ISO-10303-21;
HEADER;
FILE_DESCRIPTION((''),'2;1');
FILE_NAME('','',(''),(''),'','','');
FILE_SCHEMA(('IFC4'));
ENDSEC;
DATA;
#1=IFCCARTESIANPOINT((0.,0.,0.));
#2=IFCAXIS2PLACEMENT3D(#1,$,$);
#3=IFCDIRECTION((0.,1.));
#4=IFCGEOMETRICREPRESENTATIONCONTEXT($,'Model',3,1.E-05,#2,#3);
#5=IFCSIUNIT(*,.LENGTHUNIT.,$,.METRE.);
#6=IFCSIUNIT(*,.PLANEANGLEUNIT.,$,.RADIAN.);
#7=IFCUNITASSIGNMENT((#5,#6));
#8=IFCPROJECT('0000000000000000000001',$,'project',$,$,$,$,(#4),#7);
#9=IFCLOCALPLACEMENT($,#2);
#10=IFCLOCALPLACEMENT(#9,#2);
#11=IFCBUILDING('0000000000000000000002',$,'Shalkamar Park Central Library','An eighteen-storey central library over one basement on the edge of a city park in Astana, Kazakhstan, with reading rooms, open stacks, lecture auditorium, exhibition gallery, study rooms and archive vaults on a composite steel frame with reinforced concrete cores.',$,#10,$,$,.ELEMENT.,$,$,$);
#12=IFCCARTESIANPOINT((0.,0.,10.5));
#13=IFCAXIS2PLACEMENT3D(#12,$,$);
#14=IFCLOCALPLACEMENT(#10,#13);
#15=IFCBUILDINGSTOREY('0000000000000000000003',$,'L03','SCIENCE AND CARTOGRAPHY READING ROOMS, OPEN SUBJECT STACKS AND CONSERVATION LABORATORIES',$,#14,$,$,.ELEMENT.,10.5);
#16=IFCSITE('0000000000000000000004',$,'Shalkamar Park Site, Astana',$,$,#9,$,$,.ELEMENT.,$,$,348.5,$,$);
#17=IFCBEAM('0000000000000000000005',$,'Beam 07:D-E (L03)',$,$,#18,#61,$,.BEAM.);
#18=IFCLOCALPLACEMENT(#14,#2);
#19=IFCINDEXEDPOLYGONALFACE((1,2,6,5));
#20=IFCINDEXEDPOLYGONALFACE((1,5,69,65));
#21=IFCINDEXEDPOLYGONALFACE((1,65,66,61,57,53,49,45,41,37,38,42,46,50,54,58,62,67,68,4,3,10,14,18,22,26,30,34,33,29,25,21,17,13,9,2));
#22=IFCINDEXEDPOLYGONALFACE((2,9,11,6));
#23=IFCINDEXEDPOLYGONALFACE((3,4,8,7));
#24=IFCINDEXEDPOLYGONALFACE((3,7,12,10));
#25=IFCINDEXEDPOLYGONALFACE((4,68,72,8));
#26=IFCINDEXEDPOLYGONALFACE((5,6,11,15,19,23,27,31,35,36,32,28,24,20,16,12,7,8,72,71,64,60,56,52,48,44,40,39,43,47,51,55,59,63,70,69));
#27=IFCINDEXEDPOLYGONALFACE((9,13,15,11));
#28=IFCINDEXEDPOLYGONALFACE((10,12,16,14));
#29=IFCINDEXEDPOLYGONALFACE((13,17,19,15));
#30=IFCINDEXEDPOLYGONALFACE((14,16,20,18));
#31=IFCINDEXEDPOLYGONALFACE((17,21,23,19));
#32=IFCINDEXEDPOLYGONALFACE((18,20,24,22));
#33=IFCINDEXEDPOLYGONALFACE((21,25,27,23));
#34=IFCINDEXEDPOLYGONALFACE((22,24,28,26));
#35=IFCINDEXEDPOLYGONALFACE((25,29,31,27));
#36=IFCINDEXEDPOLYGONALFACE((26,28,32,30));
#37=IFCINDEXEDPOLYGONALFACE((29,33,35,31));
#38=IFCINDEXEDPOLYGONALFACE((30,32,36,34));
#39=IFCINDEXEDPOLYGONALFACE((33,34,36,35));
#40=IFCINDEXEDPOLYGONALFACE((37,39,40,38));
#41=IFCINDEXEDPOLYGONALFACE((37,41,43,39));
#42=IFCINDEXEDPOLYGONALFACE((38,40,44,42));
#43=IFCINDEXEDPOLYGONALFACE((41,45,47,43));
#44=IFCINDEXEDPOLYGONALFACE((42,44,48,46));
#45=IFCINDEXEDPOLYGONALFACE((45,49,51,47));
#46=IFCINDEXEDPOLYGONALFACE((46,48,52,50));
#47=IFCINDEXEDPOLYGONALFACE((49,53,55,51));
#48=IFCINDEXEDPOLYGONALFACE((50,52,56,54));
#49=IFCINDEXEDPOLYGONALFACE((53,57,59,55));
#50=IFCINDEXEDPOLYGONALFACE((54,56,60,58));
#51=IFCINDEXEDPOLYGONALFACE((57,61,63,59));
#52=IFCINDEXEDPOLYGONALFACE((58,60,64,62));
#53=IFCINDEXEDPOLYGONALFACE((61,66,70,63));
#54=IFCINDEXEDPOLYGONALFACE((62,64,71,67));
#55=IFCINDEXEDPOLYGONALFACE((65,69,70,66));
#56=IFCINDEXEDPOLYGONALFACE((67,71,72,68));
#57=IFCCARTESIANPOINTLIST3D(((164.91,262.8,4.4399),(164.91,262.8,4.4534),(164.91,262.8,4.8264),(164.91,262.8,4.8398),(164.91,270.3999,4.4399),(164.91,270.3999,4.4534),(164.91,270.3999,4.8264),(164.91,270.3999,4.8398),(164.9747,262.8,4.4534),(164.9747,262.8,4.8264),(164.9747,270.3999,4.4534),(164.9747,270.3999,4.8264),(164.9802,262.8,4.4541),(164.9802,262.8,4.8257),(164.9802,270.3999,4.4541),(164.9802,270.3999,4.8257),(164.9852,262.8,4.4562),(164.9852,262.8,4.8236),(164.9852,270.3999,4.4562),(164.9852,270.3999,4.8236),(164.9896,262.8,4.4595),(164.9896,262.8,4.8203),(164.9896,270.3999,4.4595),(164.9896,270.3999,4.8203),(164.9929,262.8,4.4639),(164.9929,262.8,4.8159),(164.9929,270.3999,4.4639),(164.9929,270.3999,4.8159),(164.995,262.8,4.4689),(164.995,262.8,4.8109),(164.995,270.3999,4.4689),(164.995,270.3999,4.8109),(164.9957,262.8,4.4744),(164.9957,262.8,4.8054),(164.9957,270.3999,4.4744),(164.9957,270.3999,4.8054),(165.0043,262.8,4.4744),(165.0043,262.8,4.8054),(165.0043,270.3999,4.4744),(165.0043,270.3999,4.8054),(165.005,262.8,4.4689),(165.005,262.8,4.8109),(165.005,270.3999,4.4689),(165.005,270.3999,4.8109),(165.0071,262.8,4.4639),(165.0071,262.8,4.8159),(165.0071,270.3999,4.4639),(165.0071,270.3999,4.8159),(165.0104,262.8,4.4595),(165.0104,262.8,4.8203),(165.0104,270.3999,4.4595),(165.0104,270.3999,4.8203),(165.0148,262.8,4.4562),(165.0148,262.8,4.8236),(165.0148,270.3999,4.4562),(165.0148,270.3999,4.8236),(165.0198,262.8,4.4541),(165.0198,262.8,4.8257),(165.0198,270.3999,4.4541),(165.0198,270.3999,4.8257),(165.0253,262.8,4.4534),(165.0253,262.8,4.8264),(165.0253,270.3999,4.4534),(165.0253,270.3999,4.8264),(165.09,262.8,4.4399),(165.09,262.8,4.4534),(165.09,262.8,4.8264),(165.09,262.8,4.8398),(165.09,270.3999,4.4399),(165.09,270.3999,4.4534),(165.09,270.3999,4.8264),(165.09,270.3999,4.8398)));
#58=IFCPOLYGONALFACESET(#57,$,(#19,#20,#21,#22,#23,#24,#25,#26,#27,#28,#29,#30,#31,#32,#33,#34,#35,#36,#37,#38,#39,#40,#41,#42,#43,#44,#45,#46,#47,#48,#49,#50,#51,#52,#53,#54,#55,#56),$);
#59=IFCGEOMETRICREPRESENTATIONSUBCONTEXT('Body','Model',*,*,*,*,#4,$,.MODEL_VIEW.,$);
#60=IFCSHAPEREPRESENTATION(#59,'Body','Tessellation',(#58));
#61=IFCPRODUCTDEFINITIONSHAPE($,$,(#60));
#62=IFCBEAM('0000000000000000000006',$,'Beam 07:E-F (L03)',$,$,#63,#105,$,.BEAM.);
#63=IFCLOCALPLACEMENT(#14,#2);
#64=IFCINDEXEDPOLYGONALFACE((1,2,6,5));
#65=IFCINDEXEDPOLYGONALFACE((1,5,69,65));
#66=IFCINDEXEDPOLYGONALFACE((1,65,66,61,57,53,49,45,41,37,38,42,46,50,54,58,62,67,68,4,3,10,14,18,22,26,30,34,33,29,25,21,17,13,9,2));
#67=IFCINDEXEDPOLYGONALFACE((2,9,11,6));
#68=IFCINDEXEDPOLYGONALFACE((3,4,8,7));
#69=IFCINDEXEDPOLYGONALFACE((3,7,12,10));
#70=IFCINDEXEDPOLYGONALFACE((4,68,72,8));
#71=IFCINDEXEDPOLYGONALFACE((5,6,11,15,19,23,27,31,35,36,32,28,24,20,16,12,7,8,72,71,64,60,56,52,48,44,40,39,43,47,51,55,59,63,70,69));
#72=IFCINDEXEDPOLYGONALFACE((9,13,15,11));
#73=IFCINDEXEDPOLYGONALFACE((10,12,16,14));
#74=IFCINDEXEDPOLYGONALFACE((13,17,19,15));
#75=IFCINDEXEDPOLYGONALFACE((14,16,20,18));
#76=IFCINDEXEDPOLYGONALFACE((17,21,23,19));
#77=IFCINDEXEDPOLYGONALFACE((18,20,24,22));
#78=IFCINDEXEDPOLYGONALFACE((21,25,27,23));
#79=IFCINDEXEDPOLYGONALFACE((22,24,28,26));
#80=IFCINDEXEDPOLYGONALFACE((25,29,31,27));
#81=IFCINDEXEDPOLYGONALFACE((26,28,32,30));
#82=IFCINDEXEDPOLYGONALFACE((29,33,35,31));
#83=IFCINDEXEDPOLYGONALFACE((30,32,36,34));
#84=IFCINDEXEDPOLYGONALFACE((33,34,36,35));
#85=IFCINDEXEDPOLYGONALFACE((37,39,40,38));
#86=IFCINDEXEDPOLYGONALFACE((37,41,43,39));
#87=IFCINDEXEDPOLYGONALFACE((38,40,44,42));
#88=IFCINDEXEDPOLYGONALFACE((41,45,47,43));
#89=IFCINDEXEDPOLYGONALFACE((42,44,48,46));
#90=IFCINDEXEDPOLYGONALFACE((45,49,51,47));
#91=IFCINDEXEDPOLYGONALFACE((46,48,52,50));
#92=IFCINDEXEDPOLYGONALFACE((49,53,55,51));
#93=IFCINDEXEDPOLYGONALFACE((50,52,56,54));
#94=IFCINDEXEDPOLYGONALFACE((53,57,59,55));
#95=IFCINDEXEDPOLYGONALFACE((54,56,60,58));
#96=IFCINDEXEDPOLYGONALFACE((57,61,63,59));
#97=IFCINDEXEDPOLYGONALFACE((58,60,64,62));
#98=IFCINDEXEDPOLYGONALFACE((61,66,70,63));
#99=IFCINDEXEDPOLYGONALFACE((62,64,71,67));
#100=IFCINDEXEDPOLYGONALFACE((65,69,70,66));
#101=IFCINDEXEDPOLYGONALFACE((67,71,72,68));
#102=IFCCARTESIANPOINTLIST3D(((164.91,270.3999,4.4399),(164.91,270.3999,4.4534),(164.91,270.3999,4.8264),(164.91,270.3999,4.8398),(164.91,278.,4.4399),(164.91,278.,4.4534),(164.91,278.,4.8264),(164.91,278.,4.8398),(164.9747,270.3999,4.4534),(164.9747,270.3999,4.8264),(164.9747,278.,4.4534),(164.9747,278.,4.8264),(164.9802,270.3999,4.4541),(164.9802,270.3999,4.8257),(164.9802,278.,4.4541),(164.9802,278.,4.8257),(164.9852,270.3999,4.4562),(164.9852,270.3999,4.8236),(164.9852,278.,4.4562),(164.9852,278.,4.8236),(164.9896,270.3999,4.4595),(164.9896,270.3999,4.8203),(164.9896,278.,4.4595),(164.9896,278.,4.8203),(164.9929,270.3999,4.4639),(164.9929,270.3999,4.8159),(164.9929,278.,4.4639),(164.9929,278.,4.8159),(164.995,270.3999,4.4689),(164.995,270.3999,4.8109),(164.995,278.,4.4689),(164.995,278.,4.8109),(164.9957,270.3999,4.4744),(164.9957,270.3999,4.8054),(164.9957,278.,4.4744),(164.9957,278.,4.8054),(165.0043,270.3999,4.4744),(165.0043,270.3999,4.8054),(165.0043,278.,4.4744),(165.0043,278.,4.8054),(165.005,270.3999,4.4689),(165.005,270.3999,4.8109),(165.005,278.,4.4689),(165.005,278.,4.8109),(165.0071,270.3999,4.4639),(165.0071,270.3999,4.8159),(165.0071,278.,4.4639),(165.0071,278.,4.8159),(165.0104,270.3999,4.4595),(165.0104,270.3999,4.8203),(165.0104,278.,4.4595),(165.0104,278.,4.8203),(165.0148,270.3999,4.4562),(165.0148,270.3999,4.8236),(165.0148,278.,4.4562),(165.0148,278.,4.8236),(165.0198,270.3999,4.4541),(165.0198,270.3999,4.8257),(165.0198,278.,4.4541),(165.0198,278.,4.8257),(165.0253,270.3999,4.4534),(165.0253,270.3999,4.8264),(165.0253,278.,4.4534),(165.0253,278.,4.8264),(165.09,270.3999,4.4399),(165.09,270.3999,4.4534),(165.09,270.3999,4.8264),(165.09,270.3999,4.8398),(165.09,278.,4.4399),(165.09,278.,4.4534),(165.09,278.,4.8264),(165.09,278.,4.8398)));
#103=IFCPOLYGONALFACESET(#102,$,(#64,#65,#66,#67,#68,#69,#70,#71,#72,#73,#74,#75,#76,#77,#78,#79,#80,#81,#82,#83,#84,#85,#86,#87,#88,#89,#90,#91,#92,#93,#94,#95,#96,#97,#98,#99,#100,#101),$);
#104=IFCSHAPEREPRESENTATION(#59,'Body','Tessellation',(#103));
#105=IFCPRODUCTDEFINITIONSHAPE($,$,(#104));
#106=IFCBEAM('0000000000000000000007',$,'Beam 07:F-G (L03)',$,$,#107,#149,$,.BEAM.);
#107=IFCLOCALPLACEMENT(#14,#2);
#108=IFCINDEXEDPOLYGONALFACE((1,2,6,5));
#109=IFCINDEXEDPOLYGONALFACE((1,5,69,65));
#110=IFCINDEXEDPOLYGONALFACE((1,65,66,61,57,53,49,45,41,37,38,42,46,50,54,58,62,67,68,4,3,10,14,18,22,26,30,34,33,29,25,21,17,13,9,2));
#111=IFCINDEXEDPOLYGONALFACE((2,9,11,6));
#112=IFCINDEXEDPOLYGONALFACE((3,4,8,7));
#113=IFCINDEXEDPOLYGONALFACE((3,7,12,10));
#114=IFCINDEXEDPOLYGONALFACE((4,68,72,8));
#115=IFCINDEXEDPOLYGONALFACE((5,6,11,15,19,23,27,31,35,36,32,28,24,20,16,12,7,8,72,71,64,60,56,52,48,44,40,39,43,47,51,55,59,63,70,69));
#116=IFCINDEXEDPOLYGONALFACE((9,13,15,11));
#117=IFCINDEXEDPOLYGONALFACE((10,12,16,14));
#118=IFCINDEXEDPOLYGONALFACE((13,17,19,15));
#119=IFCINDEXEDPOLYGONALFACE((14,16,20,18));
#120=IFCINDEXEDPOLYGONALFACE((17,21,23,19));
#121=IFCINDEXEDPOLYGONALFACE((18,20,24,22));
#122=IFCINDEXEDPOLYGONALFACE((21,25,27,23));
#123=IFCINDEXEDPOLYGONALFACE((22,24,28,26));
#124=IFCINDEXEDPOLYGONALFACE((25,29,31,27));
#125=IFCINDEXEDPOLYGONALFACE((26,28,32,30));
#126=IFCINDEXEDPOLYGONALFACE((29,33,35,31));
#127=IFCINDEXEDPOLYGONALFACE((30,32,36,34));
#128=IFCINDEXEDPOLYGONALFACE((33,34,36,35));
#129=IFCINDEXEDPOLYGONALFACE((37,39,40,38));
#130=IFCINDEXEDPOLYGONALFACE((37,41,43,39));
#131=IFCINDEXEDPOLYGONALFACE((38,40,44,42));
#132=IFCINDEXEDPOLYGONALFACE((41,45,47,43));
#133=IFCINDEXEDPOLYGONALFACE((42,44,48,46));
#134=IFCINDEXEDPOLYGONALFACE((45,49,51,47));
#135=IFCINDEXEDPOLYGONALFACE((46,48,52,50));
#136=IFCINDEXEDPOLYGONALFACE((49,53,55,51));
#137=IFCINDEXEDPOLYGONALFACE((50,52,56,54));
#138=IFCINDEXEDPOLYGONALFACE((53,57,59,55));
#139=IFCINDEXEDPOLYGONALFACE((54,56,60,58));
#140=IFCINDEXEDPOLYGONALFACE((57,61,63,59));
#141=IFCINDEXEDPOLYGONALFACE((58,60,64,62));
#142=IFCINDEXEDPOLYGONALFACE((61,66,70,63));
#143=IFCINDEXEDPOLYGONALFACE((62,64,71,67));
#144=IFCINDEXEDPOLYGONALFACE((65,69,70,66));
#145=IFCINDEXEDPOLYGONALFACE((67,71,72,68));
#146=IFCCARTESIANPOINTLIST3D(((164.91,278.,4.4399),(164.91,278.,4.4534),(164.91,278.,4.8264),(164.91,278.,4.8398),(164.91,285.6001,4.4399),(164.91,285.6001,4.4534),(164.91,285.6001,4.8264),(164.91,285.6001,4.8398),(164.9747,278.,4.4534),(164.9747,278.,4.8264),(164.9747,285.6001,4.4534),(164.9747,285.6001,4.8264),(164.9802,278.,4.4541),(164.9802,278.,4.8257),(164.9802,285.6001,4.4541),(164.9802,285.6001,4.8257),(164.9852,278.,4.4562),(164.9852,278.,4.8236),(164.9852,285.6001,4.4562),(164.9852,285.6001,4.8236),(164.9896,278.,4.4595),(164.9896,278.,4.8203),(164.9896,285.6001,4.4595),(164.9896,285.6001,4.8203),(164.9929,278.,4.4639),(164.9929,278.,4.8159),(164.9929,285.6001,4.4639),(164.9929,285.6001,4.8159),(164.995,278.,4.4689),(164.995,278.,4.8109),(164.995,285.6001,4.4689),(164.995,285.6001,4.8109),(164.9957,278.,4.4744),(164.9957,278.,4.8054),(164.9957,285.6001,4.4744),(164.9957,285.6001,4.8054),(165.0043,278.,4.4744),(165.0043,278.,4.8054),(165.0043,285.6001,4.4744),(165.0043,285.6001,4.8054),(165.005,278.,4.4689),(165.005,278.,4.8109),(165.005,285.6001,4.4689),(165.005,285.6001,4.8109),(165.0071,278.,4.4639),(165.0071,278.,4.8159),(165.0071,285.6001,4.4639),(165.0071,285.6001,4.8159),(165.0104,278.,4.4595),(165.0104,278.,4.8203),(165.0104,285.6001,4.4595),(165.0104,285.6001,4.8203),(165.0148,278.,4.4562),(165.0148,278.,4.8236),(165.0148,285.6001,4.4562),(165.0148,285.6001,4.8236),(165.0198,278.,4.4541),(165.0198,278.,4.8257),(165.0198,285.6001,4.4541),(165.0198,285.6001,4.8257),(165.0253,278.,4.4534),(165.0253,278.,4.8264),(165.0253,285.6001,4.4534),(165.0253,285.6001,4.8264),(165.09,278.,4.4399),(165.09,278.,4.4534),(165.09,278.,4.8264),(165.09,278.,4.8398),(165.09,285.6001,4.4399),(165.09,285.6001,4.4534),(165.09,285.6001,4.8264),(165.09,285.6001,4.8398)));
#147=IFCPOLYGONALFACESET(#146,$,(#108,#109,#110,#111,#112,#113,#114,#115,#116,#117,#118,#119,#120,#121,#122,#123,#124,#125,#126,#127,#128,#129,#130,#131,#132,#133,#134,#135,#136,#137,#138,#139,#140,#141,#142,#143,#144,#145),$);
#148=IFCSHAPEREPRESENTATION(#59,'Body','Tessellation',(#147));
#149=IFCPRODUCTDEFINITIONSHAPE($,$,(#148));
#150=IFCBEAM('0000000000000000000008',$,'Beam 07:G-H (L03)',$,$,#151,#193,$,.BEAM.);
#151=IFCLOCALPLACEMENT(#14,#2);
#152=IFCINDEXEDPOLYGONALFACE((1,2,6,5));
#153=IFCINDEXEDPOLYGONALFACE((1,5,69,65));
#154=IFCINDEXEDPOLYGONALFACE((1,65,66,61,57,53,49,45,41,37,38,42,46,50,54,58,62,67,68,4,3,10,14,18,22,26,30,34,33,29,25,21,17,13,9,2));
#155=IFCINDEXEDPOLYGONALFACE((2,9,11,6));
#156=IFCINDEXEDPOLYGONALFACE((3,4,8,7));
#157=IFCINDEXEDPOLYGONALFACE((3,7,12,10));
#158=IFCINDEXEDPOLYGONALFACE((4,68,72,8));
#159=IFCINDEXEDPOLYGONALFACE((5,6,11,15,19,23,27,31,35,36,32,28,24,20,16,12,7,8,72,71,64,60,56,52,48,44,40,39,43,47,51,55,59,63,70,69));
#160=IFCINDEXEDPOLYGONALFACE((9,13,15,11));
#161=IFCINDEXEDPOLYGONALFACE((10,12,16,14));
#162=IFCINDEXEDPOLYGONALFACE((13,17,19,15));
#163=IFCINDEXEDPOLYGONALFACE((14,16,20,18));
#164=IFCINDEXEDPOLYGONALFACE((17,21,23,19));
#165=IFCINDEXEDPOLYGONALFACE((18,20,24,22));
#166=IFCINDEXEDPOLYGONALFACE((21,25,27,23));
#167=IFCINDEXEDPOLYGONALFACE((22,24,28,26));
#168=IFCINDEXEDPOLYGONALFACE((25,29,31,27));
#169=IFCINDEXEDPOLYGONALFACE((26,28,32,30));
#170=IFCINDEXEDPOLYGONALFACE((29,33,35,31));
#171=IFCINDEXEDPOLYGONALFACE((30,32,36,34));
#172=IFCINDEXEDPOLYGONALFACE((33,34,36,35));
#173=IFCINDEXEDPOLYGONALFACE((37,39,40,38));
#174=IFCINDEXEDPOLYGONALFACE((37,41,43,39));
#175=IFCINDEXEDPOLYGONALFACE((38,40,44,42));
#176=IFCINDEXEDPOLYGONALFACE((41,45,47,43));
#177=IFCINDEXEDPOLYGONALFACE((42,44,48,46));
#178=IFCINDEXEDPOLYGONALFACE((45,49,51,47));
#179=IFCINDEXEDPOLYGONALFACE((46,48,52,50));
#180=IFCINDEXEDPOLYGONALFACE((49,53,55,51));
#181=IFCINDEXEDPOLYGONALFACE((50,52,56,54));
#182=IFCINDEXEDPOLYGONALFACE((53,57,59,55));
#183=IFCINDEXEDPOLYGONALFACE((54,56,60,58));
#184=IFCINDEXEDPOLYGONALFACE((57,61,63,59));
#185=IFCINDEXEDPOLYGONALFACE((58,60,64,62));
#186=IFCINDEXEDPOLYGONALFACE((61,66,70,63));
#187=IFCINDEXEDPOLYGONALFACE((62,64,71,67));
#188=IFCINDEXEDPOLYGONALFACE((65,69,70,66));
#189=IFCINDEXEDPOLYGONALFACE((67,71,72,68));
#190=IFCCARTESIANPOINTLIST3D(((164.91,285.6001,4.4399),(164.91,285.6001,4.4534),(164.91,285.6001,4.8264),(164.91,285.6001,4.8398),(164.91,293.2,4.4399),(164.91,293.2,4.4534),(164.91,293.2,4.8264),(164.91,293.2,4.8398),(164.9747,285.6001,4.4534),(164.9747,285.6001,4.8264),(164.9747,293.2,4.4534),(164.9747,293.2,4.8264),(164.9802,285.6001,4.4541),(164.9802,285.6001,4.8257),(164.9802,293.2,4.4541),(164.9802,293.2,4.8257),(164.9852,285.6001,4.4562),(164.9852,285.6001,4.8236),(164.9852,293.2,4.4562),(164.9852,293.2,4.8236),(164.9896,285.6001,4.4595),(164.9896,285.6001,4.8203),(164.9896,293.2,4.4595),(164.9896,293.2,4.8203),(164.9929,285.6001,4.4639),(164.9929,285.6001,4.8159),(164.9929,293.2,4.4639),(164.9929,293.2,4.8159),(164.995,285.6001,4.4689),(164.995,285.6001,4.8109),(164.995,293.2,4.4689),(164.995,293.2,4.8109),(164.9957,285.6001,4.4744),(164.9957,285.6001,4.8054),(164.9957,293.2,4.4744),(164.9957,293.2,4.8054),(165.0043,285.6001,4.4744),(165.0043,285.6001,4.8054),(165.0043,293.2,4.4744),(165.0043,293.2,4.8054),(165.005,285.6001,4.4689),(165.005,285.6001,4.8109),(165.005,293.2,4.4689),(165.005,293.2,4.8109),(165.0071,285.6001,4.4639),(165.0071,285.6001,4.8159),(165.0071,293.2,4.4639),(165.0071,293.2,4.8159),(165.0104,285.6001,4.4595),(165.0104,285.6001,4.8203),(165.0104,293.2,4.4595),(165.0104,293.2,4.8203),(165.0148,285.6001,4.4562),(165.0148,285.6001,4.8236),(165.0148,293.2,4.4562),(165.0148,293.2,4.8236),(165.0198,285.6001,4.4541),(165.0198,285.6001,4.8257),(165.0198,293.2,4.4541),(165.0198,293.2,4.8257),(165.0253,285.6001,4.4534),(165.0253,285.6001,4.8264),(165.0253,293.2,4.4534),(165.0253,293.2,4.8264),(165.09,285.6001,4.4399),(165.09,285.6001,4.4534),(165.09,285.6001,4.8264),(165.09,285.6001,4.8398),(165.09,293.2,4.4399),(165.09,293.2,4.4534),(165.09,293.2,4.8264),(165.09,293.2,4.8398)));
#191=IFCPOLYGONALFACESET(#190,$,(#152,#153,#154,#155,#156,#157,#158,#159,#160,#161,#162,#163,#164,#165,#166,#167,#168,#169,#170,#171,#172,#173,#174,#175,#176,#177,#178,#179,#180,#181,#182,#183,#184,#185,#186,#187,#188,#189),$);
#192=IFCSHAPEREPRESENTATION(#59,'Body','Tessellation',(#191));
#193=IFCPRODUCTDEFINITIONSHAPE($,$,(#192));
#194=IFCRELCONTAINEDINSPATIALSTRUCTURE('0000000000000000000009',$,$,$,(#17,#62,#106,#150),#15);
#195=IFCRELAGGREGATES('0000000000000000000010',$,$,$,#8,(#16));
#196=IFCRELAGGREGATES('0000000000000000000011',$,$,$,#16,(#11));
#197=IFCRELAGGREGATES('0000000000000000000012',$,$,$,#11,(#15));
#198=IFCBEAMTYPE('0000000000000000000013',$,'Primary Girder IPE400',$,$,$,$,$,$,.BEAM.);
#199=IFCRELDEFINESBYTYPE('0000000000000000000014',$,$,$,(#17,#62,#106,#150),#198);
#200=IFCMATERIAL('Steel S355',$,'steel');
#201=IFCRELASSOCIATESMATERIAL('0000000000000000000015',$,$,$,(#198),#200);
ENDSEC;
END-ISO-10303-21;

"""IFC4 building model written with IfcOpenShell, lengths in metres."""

from ifc_helpers import new_model, si_unit, direction, frame, origin, origin_2d, place, context, subcontext, project, spatial, i_section, extrude, material, material_profile, profile_set, type_object, element, save


model = new_model("IFC4")

# Units and contexts
model_context = context("Model", 3, precision=1e-05, world=origin(), true_north=direction((0.0, 1.0)))
body_context = subcontext(model_context, "Body", "Model", "MODEL_VIEW")
ifc_project = project(units=[si_unit("LENGTHUNIT", "METRE"), si_unit("PLANEANGLEUNIT", "RADIAN")], contexts=[model_context])

# Site, building, storey
site_placement = place(None, origin())
site = spatial("IfcSite", under=ifc_project, at=site_placement, Name="Shalkamar Park Site, Astana", CompositionType="ELEMENT", RefElevation=348.5)
building_placement = place(site_placement, origin())
building = spatial("IfcBuilding", under=site, at=building_placement, Name="Shalkamar Park Central Library", Description="An eighteen-storey central library over one basement on the edge of a city park in Astana, Kazakhstan, with reading rooms, open stacks, lecture auditorium, exhibition gallery, study rooms and archive vaults on a composite steel frame with reinforced concrete cores.", CompositionType="ELEMENT")
storey_placement = place(building_placement, frame((0.0, 0.0, 10.5)))
storey = spatial("IfcBuildingStorey", under=building, at=storey_placement, Name="L03", Description="SCIENCE AND CARTOGRAPHY READING ROOMS, OPEN SUBJECT STACKS AND CONSERVATION LABORATORIES", CompositionType="ELEMENT", Elevation=10.5)

# Shared definitions
ifc_material_1 = material(Name="Steel S355", Category="steel")

# Beams
ifc_material_profile_1 = material_profile(ifc_material_1, i_section(OverallWidth=0.1799, OverallDepth=0.3999, WebThickness=0.0085, FlangeThickness=0.0134, FilletRadius=0.021, at=origin_2d()), Name="IPE 400")
ifc_profile_set_1 = profile_set([ifc_material_profile_1], Name="Steel S355")
beam_type_1 = type_object("IfcBeamType", Name="Primary Girder IPE400", PredefinedType="BEAM", material=ifc_profile_set_1)
beam_1_placement = place(storey_placement, frame((165.0, 262.8, 4.6399), z_axis=(0.0, 1.0, 0.0), x_axis=(-1.0, 0.0, 0.0)))
element("IfcBeam", 1, at=beam_1_placement, inside=storey, type_object=beam_type_1, Name="Beam 07:D-E (L03)", PredefinedType="BEAM", context=body_context, shape_type="SweptSolid", body=[
    extrude(i_section(OverallWidth=0.1799, OverallDepth=0.3999, WebThickness=0.0085, FlangeThickness=0.0134, FilletRadius=0.021, at=origin_2d()), origin(), (0.0, 0.0, 1.0), 7.5999),
])
for number, where, z_axis, x_axis, name in (
    (2, (165.0, 270.3999, 4.6399), (0.0, 1.0, 0.0), (-1.0, 0.0, 0.0), "Beam 07:E-F (L03)"),
    (3, (165.0, 278.0, 4.6399), (0.0, 1.0, 0.0), (-1.0, 0.0, 0.0), "Beam 07:F-G (L03)"),
):
    element("IfcBeam", number, at=place(storey_placement, frame(where, z_axis=z_axis, x_axis=x_axis)), inside=storey, type_object=beam_type_1, Name=name, PredefinedType="BEAM", context=body_context, shape_type="SweptSolid", body=[
        extrude(i_section(OverallWidth=0.1799, OverallDepth=0.3999, WebThickness=0.0085, FlangeThickness=0.0134, FilletRadius=0.021, at=origin_2d()), origin(), (0.0, 0.0, 1.0), 7.6001),
    ])
beam_2_placement = place(storey_placement, frame((165.0, 285.6001, 4.6399), z_axis=(0.0, 1.0, 0.0), x_axis=(-1.0, 0.0, 0.0)))
element("IfcBeam", 4, at=beam_2_placement, inside=storey, type_object=beam_type_1, Name="Beam 07:G-H (L03)", PredefinedType="BEAM", context=body_context, shape_type="SweptSolid", body=[
    extrude(i_section(OverallWidth=0.1799, OverallDepth=0.3999, WebThickness=0.0085, FlangeThickness=0.0134, FilletRadius=0.021, at=origin_2d()), origin(), (0.0, 0.0, 1.0), 7.5999),
])

save(model, "model.ifc")
